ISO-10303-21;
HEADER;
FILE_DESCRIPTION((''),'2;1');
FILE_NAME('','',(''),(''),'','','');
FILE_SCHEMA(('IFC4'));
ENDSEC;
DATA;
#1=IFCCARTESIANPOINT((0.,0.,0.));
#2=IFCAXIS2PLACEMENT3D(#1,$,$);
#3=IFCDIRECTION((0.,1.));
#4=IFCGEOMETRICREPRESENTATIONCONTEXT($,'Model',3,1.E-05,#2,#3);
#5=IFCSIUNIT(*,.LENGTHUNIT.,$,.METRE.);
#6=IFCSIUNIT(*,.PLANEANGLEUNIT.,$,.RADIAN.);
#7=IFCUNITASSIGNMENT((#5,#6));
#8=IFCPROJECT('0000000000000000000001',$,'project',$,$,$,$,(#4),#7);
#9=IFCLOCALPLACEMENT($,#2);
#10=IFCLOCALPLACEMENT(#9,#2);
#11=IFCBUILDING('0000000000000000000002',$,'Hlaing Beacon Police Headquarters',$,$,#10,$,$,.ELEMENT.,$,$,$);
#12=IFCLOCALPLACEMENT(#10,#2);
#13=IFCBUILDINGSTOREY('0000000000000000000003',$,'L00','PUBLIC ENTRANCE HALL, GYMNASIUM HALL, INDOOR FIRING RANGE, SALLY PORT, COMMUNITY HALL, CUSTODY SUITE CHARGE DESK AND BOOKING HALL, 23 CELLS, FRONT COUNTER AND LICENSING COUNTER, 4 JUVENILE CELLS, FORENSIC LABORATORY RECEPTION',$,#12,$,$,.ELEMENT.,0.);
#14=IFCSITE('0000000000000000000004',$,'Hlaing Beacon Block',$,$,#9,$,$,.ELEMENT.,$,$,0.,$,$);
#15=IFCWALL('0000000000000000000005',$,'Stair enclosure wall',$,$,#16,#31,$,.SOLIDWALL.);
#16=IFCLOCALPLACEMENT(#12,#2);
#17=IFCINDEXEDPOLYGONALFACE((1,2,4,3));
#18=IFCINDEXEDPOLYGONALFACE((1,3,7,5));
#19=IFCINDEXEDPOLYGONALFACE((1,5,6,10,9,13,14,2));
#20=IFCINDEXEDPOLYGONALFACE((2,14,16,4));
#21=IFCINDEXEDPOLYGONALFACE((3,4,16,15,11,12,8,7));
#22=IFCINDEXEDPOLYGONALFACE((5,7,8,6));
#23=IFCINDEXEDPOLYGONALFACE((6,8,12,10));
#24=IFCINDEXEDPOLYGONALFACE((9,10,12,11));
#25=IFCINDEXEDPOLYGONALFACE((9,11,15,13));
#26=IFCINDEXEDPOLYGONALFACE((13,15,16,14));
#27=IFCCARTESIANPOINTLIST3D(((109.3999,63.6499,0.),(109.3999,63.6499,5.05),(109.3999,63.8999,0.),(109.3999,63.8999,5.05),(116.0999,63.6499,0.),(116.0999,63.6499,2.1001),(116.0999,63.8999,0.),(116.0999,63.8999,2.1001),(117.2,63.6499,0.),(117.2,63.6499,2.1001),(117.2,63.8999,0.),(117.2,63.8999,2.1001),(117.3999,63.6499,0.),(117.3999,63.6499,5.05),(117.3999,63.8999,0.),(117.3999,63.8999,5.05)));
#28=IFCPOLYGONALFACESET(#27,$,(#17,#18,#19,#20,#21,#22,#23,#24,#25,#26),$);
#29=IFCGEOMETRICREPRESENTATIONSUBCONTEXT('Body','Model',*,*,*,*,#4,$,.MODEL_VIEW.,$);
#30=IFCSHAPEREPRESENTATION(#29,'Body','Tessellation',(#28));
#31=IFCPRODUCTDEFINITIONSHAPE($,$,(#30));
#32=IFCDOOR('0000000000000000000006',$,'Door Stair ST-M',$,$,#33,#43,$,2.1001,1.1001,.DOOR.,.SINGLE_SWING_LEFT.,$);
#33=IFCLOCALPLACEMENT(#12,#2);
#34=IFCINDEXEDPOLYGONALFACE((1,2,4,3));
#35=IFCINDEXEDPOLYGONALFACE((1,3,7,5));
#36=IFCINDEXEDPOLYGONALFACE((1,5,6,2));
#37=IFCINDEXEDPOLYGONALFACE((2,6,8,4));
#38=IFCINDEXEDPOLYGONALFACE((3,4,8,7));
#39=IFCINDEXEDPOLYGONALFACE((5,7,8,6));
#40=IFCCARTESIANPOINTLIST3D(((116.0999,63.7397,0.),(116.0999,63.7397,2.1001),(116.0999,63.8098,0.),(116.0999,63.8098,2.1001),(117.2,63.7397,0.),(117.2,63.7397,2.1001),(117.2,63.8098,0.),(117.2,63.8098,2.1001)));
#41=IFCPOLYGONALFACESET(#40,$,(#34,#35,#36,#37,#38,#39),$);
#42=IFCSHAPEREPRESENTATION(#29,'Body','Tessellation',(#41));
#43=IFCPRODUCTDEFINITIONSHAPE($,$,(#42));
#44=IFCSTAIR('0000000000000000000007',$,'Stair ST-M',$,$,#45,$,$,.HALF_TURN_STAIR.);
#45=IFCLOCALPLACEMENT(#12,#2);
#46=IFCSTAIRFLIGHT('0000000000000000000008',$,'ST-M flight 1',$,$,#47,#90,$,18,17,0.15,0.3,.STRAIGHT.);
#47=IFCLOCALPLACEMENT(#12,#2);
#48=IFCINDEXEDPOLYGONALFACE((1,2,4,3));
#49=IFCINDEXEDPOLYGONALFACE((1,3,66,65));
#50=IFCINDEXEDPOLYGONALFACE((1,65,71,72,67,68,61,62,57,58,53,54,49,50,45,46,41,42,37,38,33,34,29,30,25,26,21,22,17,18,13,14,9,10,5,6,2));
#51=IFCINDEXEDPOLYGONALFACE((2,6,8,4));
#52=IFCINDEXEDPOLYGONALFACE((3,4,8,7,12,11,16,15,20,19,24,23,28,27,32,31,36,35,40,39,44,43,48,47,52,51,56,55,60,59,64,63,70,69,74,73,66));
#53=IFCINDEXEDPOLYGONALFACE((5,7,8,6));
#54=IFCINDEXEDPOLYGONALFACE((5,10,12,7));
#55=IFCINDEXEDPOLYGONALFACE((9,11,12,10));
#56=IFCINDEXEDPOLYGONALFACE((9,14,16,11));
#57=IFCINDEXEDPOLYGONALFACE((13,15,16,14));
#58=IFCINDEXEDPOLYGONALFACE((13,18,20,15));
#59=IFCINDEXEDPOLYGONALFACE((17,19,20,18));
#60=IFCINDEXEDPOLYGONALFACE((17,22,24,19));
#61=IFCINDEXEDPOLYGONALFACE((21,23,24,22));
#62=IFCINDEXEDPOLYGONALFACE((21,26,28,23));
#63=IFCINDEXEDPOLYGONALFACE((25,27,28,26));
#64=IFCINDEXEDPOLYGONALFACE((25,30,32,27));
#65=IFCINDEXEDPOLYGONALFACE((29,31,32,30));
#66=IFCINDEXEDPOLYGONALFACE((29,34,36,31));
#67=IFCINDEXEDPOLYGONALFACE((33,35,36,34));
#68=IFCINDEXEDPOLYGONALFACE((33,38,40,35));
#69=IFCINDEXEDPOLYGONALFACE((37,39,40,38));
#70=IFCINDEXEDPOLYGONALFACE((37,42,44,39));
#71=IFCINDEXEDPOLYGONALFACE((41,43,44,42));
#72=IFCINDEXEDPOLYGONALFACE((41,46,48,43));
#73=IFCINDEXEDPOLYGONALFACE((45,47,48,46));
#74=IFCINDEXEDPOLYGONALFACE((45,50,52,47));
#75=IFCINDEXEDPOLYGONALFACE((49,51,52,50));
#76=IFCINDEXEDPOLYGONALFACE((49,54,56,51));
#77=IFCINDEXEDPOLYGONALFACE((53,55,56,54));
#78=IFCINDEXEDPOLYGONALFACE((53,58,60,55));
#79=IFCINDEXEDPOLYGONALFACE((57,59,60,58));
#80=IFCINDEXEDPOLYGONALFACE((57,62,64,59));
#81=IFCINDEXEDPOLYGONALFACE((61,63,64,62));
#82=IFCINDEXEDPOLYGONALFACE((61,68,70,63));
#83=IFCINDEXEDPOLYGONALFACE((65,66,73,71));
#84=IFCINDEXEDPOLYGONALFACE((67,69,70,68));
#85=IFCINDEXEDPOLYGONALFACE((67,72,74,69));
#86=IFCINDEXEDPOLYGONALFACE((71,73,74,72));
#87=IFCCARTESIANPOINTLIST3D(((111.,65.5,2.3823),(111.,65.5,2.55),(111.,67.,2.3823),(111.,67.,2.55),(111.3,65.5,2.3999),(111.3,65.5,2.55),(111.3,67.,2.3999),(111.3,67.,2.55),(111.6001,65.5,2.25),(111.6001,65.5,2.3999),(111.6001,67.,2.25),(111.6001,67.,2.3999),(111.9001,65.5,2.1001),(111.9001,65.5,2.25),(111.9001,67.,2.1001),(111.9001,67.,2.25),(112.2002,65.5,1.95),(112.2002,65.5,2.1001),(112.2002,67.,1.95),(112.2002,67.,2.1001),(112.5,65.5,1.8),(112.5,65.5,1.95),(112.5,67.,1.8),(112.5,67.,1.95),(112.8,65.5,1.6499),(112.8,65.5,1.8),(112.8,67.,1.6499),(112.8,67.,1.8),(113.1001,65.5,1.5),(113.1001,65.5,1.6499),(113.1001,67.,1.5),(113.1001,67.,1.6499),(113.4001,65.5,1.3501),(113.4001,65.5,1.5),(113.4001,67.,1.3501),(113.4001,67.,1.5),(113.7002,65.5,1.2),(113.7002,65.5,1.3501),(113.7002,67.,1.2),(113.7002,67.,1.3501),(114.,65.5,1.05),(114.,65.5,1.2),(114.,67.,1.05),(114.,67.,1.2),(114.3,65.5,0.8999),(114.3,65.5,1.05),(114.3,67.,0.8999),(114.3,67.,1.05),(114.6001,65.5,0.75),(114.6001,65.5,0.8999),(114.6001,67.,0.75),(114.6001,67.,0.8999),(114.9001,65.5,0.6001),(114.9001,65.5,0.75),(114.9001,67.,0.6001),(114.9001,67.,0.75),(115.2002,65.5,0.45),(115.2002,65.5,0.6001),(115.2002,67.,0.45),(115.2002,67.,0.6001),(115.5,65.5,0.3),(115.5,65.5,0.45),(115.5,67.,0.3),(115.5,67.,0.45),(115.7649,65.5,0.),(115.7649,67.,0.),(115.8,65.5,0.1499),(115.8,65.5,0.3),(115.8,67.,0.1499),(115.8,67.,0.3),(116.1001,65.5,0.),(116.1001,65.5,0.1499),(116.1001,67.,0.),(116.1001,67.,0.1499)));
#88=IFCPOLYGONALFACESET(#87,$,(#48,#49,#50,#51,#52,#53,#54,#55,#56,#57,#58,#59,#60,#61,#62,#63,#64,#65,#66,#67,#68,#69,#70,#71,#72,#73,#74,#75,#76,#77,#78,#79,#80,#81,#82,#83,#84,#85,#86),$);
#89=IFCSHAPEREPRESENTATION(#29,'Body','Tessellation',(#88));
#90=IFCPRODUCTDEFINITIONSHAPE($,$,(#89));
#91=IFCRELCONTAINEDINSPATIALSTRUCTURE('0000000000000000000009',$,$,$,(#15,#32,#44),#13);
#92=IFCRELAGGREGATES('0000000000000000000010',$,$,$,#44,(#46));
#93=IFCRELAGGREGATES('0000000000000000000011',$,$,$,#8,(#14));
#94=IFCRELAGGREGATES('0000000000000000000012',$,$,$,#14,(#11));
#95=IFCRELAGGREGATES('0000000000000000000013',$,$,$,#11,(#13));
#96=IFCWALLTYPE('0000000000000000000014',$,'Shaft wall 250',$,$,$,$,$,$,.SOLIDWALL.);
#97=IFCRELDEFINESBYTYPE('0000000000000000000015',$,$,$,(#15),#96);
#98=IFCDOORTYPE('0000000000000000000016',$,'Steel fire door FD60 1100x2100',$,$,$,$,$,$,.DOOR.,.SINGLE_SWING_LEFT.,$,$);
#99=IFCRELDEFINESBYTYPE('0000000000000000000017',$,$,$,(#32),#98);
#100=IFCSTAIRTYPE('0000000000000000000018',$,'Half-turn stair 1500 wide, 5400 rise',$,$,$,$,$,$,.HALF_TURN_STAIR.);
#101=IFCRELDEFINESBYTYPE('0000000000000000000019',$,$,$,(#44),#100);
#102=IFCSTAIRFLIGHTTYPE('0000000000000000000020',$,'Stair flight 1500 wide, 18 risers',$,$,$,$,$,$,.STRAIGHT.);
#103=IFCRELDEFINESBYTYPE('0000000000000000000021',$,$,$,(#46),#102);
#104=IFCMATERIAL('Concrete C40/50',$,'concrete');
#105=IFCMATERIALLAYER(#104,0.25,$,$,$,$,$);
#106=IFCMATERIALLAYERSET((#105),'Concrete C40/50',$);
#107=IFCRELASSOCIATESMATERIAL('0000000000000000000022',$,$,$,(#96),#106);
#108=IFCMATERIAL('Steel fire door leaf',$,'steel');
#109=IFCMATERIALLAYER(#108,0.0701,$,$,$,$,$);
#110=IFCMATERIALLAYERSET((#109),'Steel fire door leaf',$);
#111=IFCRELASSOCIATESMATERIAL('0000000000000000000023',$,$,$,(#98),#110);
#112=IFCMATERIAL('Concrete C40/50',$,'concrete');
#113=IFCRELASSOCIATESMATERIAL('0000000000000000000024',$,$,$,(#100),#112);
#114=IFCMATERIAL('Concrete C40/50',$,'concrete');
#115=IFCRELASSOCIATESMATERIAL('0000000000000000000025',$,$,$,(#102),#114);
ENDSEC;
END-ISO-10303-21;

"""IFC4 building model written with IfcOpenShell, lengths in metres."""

from ifc_helpers import new_model, si_unit, direction, frame, frame_2d, origin, place, context, subcontext, project, spatial, polyline, rectangle, outline, extrude, material, layer, layer_set, type_object, element, fill, aggregate, save


model = new_model("IFC4")

# Units and contexts
model_context = context("Model", 3, precision=1e-05, world=origin(), true_north=direction((0.0, 1.0)))
body_context = subcontext(model_context, "Body", "Model", "MODEL_VIEW")
ifc_project = project(units=[si_unit("LENGTHUNIT", "METRE"), si_unit("PLANEANGLEUNIT", "RADIAN")], contexts=[model_context])

# Site, building, storey
site_placement = place(None, origin())
site = spatial("IfcSite", under=ifc_project, at=site_placement, Name="Hlaing Beacon Block", CompositionType="ELEMENT", RefElevation=0.0)
building_placement = place(site_placement, origin())
building = spatial("IfcBuilding", under=site, at=building_placement, Name="Hlaing Beacon Police Headquarters", CompositionType="ELEMENT")
storey_placement = place(building_placement, origin())
storey = spatial("IfcBuildingStorey", under=building, at=storey_placement, Name="L00", Description="PUBLIC ENTRANCE HALL, GYMNASIUM HALL, INDOOR FIRING RANGE, SALLY PORT, COMMUNITY HALL, CUSTODY SUITE CHARGE DESK AND BOOKING HALL, 23 CELLS, FRONT COUNTER AND LICENSING COUNTER, 4 JUVENILE CELLS, FORENSIC LABORATORY RECEPTION", CompositionType="ELEMENT", Elevation=0.0)

# Wall, opening, door
ifc_material_1 = material(Name="Concrete C40/50", Category="concrete")
ifc_layer_1 = layer(ifc_material_1, 0.25)
ifc_layer_set_1 = layer_set([ifc_layer_1], Name="Concrete C40/50")
wall_type_1 = type_object("IfcWallType", Name="Shaft wall 250", PredefinedType="SOLIDWALL", material=ifc_layer_set_1)
wall_1_placement = place(storey_placement, frame((117.3999, 63.7749, 0.0), z_axis=(0.0, 0.0, 1.0), x_axis=(-1.0, 0.0, 0.0)))
wall_1 = element("IfcWall", 1, at=wall_1_placement, inside=storey, type_object=wall_type_1, Name="Stair enclosure wall", PredefinedType="SOLIDWALL", context=body_context, shape_type="SweptSolid", body=[
    extrude(rectangle(XDim=8.0, YDim=0.25, at=frame_2d((4.0, 0.0))), origin(), (0.0, 0.0, 1.0), 5.05),
])
opening_1_placement = place(wall_1_placement, frame((0.2, 0.0, 0.0)))
opening_1 = element("IfcOpeningElement", 2, at=opening_1_placement, cuts=wall_1, PredefinedType="OPENING", context=body_context, shape_type="SweptSolid", body=[
    extrude(rectangle(XDim=1.1001, YDim=2.1001, at=frame_2d((0.55, 1.05))), frame((0.0, 0.135, 0.0), z_axis=(0.0, -1.0, 0.0), x_axis=(1.0, 0.0, 0.0)), (0.0, 0.0, 1.0), 0.27),
])
ifc_material_2 = material(Name="Steel fire door leaf", Category="steel")
ifc_layer_2 = layer(ifc_material_2, 0.0701)
ifc_layer_set_2 = layer_set([ifc_layer_2], Name="Steel fire door leaf")
door_type_1 = type_object("IfcDoorType", Name="Steel fire door FD60 1100x2100", OperationType="SINGLE_SWING_LEFT", PredefinedType="DOOR", material=ifc_layer_set_2)
door_1_placement = place(opening_1_placement, frame((1.1001, 0.0, 0.0), z_axis=(0.0, 0.0, 1.0), x_axis=(-1.0, 0.0, 0.0)))
door_1 = element("IfcDoor", 3, at=door_1_placement, inside=storey, type_object=door_type_1, Name="Door Stair ST-M", OperationType="SINGLE_SWING_LEFT", OverallHeight=2.1001, OverallWidth=1.1001, PredefinedType="DOOR", context=body_context, shape_type="SweptSolid", body=[
    extrude(rectangle(XDim=1.1001, YDim=2.1001, at=frame_2d((0.55, 1.05))), frame((0.0, 0.0349, 0.0), z_axis=(0.0, -1.0, 0.0), x_axis=(1.0, 0.0, 0.0)), (0.0, 0.0, 1.0), 0.0701),
])
fill(opening_1, door_1)

# Stair, stair flight
ifc_material_3 = material(Name="Concrete C40/50", Category="concrete")
stair_type = type_object("IfcStairType", Name="Half-turn stair 1500 wide, 5400 rise", PredefinedType="HALF_TURN_STAIR", material=ifc_material_3)
stair_placement = place(storey_placement, origin())
stair = element("IfcStair", 4, at=stair_placement, inside=storey, type_object=stair_type, Name="Stair ST-M", PredefinedType="HALF_TURN_STAIR")
ifc_material_4 = material(Name="Concrete C40/50", Category="concrete")
stair_flight_type = type_object("IfcStairFlightType", Name="Stair flight 1500 wide, 18 risers", PredefinedType="STRAIGHT", material=ifc_material_4)
stair_flight_placement = place(storey_placement, frame((116.1001, 66.25, 0.0), z_axis=(0.0, 0.0, 1.0), x_axis=(-1.0, 0.0, 0.0)))
stair_flight = element("IfcStairFlight", 5, at=stair_flight_placement, type_object=stair_flight_type, Name="ST-M flight 1", NumberOfRisers=18, NumberOfTreads=17, PredefinedType="STRAIGHT", RiserHeight=0.15, TreadLength=0.3, context=body_context, shape_type="SweptSolid", body=[
    extrude(outline(polyline([(0.0, 0.0), (0.0, 0.1499), (0.3, 0.1499), (0.3, 0.3), (0.6001, 0.3), (0.6001, 0.45), (0.8999, 0.45), (0.8999, 0.6001), (1.2, 0.6001), (1.2, 0.75), (1.5, 0.75), (1.5, 0.8999), (1.8, 0.8999), (1.8, 1.05), (2.1001, 1.05), (2.1001, 1.2), (2.3999, 1.2), (2.3999, 1.3501), (2.7, 1.3501), (2.7, 1.5), (3.0, 1.5), (3.0, 1.6499), (3.3, 1.6499), (3.3, 1.8), (3.6001, 1.8), (3.6001, 1.95), (3.8999, 1.95), (3.8999, 2.1001), (4.2, 2.1001), (4.2, 2.25), (4.5, 2.25), (4.5, 2.3999), (4.8, 2.3999), (4.8, 2.55), (5.1001, 2.55), (5.1001, 2.7), (5.1001, 2.3823), (0.3352, 0.0), (0.0, 0.0)])), frame((0.0, 0.75, 0.0), z_axis=(0.0, -1.0, 0.0), x_axis=(1.0, 0.0, 0.0)), (0.0, 0.0, 1.0), 1.5),
])
aggregate(stair, [stair_flight])

save(model, "model.ifc")
